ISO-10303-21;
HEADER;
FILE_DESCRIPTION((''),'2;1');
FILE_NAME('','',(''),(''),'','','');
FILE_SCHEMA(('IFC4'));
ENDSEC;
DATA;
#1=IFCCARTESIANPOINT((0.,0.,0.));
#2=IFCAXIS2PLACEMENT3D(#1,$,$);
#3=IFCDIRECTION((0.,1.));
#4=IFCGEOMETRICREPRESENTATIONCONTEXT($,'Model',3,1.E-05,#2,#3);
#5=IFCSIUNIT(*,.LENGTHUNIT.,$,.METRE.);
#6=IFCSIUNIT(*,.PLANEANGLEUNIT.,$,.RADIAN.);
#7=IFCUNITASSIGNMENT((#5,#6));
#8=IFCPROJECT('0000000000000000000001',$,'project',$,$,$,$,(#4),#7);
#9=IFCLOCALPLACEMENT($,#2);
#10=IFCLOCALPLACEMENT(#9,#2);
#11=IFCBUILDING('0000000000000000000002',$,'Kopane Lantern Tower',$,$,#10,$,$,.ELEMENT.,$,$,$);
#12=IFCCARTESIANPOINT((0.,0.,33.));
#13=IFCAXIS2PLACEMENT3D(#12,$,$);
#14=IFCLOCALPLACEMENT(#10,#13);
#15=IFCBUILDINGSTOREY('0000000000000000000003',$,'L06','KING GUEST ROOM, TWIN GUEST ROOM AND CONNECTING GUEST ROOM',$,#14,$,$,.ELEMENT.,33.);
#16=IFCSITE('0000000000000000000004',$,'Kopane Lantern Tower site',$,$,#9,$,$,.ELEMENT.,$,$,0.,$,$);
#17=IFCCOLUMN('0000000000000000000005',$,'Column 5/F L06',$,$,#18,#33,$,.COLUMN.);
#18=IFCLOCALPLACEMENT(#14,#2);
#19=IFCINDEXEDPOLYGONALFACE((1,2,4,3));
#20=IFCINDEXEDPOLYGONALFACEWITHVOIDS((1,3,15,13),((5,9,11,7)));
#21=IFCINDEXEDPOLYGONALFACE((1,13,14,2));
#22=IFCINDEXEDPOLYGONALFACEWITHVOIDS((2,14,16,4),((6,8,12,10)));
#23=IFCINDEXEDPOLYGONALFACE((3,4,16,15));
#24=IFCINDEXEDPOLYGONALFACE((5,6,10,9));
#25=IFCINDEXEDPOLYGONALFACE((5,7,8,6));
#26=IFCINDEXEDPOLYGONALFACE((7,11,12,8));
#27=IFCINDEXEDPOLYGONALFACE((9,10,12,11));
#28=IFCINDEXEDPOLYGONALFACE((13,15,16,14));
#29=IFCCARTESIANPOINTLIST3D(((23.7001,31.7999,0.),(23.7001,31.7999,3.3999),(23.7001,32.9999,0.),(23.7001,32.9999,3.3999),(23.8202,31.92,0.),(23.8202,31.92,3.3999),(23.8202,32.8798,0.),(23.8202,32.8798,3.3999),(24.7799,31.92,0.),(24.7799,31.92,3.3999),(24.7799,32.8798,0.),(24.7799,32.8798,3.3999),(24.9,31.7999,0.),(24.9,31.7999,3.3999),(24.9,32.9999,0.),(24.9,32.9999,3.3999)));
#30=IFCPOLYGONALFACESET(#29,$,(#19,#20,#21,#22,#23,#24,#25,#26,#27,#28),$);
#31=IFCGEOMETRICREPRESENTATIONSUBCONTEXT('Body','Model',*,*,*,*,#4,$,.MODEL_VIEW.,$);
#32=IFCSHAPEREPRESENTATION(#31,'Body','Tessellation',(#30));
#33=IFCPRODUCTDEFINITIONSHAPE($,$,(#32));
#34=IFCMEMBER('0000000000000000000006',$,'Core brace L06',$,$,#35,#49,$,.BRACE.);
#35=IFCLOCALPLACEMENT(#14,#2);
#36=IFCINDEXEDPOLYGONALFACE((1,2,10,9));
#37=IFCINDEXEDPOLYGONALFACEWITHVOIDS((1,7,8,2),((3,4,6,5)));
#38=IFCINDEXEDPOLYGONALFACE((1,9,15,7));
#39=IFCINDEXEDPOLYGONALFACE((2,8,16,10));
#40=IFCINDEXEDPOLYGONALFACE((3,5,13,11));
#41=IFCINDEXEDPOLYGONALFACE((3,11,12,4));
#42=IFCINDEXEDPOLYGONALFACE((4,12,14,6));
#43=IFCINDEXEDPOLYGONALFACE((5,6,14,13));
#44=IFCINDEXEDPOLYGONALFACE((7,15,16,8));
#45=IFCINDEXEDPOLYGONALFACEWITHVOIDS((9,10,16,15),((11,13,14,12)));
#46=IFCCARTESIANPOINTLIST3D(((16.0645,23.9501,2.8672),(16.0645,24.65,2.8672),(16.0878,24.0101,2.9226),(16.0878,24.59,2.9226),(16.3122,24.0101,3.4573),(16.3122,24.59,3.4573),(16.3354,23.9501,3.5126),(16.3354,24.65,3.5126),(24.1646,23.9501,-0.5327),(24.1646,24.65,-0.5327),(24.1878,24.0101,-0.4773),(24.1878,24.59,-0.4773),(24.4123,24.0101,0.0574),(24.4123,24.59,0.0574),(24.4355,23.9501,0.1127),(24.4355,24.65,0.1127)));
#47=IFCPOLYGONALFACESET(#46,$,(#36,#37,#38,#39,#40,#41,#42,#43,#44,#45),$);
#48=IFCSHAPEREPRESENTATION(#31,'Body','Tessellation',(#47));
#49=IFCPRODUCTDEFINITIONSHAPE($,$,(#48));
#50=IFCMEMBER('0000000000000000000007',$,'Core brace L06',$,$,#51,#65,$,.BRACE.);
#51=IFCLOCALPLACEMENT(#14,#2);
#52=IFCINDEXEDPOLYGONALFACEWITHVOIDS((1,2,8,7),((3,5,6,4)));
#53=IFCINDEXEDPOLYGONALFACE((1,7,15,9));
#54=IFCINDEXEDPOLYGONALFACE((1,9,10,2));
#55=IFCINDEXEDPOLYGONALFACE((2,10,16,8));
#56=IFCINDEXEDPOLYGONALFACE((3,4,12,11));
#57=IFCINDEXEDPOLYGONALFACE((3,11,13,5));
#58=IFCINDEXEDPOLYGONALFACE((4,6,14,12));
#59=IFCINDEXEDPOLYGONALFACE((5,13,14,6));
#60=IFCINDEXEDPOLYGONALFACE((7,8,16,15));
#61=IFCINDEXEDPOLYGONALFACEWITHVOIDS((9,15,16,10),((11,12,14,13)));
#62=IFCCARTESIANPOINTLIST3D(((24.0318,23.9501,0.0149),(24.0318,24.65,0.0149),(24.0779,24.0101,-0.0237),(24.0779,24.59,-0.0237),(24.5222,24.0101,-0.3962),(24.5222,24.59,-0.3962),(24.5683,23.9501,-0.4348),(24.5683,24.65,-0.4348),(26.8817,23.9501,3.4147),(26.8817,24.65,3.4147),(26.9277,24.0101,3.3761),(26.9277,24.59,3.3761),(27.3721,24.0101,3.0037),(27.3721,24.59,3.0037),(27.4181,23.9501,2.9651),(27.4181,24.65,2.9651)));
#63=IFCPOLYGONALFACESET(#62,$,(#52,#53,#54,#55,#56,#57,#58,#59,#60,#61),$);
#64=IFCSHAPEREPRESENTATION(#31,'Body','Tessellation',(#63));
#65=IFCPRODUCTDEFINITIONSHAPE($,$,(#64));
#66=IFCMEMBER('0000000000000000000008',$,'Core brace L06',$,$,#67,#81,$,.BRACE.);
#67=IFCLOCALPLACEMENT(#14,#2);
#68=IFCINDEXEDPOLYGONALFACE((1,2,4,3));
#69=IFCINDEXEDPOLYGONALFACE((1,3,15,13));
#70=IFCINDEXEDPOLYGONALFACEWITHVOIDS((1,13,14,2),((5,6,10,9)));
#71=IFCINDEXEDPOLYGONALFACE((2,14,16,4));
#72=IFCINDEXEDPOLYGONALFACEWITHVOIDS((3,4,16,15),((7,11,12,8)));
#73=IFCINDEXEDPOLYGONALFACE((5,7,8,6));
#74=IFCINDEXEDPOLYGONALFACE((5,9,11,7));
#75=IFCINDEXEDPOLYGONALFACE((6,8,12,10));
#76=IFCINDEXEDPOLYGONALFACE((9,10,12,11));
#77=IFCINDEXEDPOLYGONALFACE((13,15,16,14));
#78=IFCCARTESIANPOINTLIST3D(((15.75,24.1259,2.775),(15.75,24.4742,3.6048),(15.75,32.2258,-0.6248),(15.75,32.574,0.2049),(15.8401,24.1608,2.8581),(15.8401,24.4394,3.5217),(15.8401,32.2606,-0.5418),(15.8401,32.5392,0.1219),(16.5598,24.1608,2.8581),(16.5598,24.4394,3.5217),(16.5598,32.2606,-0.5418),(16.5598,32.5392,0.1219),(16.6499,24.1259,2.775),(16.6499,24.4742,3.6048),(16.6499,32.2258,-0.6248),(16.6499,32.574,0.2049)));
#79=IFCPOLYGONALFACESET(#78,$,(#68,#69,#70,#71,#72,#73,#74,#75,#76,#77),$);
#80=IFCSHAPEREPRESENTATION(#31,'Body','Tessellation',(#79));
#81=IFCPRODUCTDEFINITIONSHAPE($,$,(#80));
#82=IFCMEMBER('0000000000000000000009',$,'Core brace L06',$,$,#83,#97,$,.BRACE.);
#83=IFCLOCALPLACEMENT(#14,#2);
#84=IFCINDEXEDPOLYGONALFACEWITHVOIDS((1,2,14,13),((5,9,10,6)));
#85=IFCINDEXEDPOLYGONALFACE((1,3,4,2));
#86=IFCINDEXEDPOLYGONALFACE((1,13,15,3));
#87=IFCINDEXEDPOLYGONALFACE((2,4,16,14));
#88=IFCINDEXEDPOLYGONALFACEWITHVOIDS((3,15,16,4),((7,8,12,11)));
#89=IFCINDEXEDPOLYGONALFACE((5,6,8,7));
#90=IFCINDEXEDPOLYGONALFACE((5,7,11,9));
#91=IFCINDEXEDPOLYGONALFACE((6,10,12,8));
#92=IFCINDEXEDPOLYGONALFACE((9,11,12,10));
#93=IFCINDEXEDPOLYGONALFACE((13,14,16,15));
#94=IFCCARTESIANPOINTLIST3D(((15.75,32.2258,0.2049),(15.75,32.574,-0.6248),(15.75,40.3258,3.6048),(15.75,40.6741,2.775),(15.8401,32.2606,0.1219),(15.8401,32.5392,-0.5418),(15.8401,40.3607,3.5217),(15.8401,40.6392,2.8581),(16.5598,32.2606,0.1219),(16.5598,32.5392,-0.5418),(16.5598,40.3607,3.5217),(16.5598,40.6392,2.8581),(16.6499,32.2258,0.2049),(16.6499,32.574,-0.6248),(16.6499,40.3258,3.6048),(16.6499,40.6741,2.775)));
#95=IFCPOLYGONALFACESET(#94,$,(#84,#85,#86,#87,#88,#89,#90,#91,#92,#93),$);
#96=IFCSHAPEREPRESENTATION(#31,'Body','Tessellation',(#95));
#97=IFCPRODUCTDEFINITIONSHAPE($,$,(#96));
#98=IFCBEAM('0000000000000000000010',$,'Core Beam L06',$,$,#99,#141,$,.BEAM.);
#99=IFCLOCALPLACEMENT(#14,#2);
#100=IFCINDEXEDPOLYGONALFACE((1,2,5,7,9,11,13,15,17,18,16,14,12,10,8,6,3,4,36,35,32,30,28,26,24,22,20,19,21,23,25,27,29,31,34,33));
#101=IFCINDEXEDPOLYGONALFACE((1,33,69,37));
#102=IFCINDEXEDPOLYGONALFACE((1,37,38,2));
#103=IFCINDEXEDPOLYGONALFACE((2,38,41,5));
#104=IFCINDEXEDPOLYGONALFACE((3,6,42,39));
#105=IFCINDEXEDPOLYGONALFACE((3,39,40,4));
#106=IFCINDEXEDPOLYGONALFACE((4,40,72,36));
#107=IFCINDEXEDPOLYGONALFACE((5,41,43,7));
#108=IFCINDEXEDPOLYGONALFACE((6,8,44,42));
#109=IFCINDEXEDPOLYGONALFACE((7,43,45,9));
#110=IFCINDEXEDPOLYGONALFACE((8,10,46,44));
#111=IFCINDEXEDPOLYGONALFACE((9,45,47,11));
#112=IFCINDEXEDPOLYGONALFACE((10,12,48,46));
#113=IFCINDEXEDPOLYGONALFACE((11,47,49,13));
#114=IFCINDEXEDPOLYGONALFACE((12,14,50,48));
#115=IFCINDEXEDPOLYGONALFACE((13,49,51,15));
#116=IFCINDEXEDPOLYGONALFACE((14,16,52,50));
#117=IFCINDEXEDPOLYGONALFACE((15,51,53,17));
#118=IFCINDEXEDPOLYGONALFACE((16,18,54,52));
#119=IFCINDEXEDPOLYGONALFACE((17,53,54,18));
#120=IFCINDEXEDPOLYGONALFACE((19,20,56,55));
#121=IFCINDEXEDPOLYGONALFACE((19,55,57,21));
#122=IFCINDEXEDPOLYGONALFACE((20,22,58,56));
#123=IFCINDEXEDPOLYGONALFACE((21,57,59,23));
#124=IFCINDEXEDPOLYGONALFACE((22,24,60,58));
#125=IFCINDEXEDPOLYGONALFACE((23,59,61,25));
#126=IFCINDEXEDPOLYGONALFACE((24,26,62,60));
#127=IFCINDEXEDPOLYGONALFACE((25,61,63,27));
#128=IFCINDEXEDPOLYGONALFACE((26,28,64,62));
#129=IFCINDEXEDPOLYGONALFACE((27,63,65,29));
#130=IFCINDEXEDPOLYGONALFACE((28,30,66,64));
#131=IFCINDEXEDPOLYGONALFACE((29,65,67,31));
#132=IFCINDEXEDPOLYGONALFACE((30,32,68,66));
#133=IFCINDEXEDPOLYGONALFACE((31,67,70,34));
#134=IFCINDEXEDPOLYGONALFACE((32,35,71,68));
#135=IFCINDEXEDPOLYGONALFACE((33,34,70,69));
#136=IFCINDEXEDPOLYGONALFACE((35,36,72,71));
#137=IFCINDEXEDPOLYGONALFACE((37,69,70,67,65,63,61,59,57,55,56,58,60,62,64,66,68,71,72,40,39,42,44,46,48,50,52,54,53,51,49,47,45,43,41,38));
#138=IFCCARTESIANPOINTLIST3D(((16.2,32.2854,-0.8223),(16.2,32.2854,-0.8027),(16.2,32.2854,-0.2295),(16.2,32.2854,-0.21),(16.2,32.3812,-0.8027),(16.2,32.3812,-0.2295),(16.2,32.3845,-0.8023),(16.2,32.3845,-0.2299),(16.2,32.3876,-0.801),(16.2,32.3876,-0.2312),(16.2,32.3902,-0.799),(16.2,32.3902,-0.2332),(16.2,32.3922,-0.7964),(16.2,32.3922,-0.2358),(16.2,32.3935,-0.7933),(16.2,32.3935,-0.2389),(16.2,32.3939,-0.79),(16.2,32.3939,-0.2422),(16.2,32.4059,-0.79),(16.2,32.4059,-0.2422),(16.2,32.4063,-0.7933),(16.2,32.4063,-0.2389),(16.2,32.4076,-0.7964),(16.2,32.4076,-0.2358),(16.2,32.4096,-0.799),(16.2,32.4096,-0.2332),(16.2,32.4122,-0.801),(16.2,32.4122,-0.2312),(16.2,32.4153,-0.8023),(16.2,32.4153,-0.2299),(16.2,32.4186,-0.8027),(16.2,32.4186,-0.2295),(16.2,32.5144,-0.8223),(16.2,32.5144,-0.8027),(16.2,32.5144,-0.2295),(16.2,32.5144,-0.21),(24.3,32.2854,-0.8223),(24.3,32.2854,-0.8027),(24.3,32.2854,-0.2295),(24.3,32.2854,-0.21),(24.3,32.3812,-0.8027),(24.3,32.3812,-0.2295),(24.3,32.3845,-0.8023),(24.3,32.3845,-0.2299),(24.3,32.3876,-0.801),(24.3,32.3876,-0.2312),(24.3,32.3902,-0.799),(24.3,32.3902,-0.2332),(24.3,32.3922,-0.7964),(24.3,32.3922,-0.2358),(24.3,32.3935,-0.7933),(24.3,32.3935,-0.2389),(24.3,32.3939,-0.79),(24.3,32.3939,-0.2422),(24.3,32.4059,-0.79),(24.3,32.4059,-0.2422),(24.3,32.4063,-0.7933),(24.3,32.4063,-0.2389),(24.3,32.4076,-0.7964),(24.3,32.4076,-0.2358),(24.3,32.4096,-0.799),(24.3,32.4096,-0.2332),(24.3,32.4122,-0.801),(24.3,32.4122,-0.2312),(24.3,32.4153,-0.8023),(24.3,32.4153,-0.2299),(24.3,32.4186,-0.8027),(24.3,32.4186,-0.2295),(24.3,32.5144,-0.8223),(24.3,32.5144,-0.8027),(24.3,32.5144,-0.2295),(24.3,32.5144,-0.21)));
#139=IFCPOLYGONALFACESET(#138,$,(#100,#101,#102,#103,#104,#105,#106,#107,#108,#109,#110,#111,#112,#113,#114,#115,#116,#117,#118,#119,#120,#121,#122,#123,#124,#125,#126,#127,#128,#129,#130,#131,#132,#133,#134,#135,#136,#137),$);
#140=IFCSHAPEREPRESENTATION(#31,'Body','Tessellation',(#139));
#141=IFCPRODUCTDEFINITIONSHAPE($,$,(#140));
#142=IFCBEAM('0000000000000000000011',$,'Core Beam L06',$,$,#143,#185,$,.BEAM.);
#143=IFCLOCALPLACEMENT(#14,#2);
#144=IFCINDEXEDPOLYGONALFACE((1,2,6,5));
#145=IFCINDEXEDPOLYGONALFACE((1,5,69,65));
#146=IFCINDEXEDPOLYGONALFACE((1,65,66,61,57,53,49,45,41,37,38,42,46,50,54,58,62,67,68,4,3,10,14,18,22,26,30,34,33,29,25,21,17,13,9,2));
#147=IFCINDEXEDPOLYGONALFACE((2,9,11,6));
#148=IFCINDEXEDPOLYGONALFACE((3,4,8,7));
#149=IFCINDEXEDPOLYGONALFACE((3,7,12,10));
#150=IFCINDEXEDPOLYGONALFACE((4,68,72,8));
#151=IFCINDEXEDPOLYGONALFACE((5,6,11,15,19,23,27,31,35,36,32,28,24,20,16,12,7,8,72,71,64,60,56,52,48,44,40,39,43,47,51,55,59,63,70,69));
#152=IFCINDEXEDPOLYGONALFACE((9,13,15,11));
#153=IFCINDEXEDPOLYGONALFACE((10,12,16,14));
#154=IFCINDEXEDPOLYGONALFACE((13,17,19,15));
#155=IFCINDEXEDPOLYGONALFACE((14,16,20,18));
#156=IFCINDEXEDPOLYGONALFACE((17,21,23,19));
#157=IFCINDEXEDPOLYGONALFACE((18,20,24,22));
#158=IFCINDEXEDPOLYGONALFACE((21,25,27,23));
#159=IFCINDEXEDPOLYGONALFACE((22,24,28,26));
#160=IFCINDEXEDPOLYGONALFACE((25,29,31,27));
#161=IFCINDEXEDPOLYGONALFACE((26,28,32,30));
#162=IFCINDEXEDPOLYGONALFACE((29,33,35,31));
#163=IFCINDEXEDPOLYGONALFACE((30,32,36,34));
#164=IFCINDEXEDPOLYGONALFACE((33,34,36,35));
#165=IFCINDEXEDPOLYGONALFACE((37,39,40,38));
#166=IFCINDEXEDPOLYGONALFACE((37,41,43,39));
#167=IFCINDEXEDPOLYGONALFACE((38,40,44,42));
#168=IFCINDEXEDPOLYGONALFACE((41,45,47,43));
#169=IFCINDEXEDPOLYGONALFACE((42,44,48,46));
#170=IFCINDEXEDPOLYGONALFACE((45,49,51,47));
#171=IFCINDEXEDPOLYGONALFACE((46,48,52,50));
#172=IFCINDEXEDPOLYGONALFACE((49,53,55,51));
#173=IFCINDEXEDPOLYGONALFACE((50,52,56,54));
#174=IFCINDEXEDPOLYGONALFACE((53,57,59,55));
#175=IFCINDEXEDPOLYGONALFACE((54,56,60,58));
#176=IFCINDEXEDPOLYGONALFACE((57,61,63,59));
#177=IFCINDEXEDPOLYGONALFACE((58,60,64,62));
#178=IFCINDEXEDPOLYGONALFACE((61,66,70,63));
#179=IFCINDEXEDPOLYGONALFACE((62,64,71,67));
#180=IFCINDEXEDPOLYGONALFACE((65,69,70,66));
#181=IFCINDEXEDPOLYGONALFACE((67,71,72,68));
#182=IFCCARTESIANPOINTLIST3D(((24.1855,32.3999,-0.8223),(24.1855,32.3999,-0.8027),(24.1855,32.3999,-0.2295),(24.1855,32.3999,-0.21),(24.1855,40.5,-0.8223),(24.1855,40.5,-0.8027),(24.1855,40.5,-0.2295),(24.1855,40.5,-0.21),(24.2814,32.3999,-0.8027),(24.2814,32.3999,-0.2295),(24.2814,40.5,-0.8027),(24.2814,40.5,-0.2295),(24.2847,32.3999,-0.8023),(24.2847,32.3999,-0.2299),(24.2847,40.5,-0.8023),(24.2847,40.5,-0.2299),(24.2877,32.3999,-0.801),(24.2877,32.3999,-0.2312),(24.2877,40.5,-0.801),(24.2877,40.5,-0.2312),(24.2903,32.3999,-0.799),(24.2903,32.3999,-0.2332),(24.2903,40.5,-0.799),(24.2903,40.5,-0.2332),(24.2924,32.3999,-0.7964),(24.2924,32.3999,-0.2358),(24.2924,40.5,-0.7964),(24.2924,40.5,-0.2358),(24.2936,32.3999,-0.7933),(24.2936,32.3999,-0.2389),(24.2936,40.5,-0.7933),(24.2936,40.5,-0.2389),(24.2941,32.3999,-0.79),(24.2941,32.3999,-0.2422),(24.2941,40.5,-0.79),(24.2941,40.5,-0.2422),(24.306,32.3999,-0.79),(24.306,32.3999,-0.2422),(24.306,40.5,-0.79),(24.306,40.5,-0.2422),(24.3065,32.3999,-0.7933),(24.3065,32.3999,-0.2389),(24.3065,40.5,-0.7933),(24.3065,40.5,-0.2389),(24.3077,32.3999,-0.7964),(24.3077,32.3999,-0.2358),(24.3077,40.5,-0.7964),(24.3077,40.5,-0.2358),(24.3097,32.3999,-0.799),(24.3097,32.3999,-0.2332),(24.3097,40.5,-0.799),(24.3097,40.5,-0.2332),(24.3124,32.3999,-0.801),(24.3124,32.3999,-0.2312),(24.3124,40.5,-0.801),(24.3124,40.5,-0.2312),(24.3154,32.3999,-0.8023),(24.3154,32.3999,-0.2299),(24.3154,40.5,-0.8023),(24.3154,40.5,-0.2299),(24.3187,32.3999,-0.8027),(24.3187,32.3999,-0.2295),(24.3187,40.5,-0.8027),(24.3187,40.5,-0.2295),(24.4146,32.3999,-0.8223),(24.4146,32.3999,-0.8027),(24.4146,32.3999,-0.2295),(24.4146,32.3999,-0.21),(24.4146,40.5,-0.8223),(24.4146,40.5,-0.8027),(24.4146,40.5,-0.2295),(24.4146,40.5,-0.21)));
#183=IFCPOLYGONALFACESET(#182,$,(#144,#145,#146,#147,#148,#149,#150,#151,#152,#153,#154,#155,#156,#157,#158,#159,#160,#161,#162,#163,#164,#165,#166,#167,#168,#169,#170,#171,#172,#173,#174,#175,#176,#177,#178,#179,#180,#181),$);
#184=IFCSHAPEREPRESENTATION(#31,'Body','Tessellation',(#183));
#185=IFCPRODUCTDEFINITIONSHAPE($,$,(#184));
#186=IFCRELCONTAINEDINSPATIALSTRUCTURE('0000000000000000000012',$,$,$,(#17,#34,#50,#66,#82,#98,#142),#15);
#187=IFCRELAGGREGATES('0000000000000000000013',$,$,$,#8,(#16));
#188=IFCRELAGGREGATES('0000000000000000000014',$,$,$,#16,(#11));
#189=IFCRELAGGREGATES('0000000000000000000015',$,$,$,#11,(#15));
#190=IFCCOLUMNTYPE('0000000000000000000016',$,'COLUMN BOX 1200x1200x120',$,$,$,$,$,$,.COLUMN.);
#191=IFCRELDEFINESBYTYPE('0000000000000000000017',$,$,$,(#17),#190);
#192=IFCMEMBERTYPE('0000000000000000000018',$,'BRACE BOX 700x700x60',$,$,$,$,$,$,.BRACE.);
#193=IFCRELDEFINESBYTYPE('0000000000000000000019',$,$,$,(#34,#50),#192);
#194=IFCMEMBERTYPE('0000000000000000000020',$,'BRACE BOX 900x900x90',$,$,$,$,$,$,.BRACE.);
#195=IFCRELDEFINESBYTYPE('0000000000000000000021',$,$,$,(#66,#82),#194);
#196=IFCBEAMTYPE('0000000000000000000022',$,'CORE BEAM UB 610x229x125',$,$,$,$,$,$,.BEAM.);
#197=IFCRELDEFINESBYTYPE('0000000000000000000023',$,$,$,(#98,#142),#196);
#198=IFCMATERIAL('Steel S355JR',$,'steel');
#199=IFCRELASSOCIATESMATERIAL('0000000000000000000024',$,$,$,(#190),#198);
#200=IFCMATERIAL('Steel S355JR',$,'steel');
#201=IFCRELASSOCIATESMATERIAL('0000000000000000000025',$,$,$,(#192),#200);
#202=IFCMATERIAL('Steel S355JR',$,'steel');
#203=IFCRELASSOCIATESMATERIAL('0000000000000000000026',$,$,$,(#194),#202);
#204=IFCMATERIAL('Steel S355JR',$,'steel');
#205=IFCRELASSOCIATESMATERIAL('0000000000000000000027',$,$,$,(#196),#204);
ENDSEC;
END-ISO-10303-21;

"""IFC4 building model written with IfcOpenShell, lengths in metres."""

from ifc_helpers import new_model, si_unit, direction, frame, origin, origin_2d, place, context, subcontext, project, spatial, hollow_rectangle, i_section, extrude, material, material_profile, profile_set, type_object, element, save


model = new_model("IFC4")

# Units and contexts
model_context = context("Model", 3, precision=1e-05, world=origin(), true_north=direction((0.0, 1.0)))
body_context = subcontext(model_context, "Body", "Model", "MODEL_VIEW")
ifc_project = project(units=[si_unit("LENGTHUNIT", "METRE"), si_unit("PLANEANGLEUNIT", "RADIAN")], contexts=[model_context])

# Site, building, storey
site_placement = place(None, origin())
site = spatial("IfcSite", under=ifc_project, at=site_placement, Name="Kopane Lantern Tower site", CompositionType="ELEMENT", RefElevation=0.0)
building_placement = place(site_placement, origin())
building = spatial("IfcBuilding", under=site, at=building_placement, Name="Kopane Lantern Tower", CompositionType="ELEMENT")
storey_placement = place(building_placement, frame((0.0, 0.0, 33.0)))
storey = spatial("IfcBuildingStorey", under=building, at=storey_placement, Name="L06", Description="KING GUEST ROOM, TWIN GUEST ROOM AND CONNECTING GUEST ROOM", CompositionType="ELEMENT", Elevation=33.0)

# Column
ifc_material_1 = material(Name="Steel S355JR", Category="steel")
ifc_material_profile_1 = material_profile(ifc_material_1, hollow_rectangle(XDim=1.2, YDim=1.2, WallThickness=0.1201, at=origin_2d()), Name="BOX 1200x1200x120")
ifc_profile_set_1 = profile_set([ifc_material_profile_1], Name="Steel S355JR")
column_type = type_object("IfcColumnType", Name="COLUMN BOX 1200x1200x120", PredefinedType="COLUMN", material=ifc_profile_set_1)
column_placement = place(storey_placement, frame((24.3, 32.3999, 0.0), z_axis=(0.0, 0.0, 1.0), x_axis=(1.0, 0.0, 0.0)))
element("IfcColumn", 1, at=column_placement, inside=storey, type_object=column_type, Name="Column 5/F L06", PredefinedType="COLUMN", context=body_context, shape_type="SweptSolid", body=[
    extrude(hollow_rectangle(XDim=1.2, YDim=1.2, WallThickness=0.1201, at=origin_2d()), origin(), (0.0, 0.0, 1.0), 3.3999),
])

# Members
ifc_material_2 = material(Name="Steel S355JR", Category="steel")
ifc_material_profile_2 = material_profile(ifc_material_2, hollow_rectangle(XDim=0.7, YDim=0.7, WallThickness=0.0601, at=origin_2d()), Name="BOX 700x700x60")
ifc_profile_set_2 = profile_set([ifc_material_profile_2], Name="Steel S355JR")
member_type_1 = type_object("IfcMemberType", Name="BRACE BOX 700x700x60", PredefinedType="BRACE", material=ifc_profile_set_2)
member_1_placement = place(storey_placement, frame((24.3, 24.3, -0.21), z_axis=(-0.922069, 0.0, 0.387026), x_axis=(0.0, -1.0, 0.0)))
element("IfcMember", 2, at=member_1_placement, inside=storey, type_object=member_type_1, Name="Core brace L06", PredefinedType="BRACE", context=body_context, shape_type="SweptSolid", body=[
    extrude(hollow_rectangle(XDim=0.7, YDim=0.7, WallThickness=0.0601, at=origin_2d()), origin(), (0.0, 0.0, 1.0), 8.7847),
])
member_2_placement = place(storey_placement, frame((24.3, 24.3, -0.21), z_axis=(0.64239, 0.0, 0.766378), x_axis=(0.0, 1.0, 0.0)))
element("IfcMember", 3, at=member_2_placement, inside=storey, type_object=member_type_1, Name="Core brace L06", PredefinedType="BRACE", context=body_context, shape_type="SweptSolid", body=[
    extrude(hollow_rectangle(XDim=0.7, YDim=0.7, WallThickness=0.0601, at=origin_2d()), origin(), (0.0, 0.0, 1.0), 4.4363),
])
ifc_material_3 = material(Name="Steel S355JR", Category="steel")
ifc_material_profile_3 = material_profile(ifc_material_3, hollow_rectangle(XDim=0.8999, YDim=0.8999, WallThickness=0.0901, at=origin_2d()), Name="BOX 900x900x90")
ifc_profile_set_3 = profile_set([ifc_material_profile_3], Name="Steel S355JR")
member_type_2 = type_object("IfcMemberType", Name="BRACE BOX 900x900x90", PredefinedType="BRACE", material=ifc_profile_set_3)
member_3_placement = place(storey_placement, frame((16.2, 32.3999, -0.21), z_axis=(0.0, -0.922065, 0.387035), x_axis=(1.0, 0.0, 0.0)))
element("IfcMember", 4, at=member_3_placement, inside=storey, type_object=member_type_2, Name="Core brace L06", PredefinedType="BRACE", context=body_context, shape_type="SweptSolid", body=[
    extrude(hollow_rectangle(XDim=0.8999, YDim=0.8999, WallThickness=0.0901, at=origin_2d()), origin(), (0.0, 0.0, 1.0), 8.7844),
])
member_4_placement = place(storey_placement, frame((16.2, 32.3999, -0.21), z_axis=(0.0, 0.922069, 0.387026), x_axis=(-1.0, 0.0, 0.0)))
element("IfcMember", 5, at=member_4_placement, inside=storey, type_object=member_type_2, Name="Core brace L06", PredefinedType="BRACE", context=body_context, shape_type="SweptSolid", body=[
    extrude(hollow_rectangle(XDim=0.8999, YDim=0.8999, WallThickness=0.0901, at=origin_2d()), origin(), (0.0, 0.0, 1.0), 8.7847),
])

# Beams
ifc_material_4 = material(Name="Steel S355JR", Category="steel")
ifc_material_profile_4 = material_profile(ifc_material_4, i_section(OverallWidth=0.229, OverallDepth=0.6123, WebThickness=0.012, FlangeThickness=0.0195, FilletRadius=0.0127, at=origin_2d()), Name="UB 610x229x125")
ifc_profile_set_4 = profile_set([ifc_material_profile_4], Name="Steel S355JR")
beam_type_1 = type_object("IfcBeamType", Name="CORE BEAM UB 610x229x125", PredefinedType="BEAM", material=ifc_profile_set_4)
for number, where, z_axis, x_axis, name in (
    (6, (16.2, 32.3999, -0.5161), (1.0, 0.0, 0.0), (0.0, 1.0, 0.0), "Core Beam L06"),
    (7, (24.3, 32.3999, -0.5161), (0.0, 1.0, 0.0), (-1.0, 0.0, 0.0), "Core Beam L06"),
):
    element("IfcBeam", number, at=place(storey_placement, frame(where, z_axis=z_axis, x_axis=x_axis)), inside=storey, type_object=beam_type_1, Name=name, PredefinedType="BEAM", context=body_context, shape_type="SweptSolid", body=[
        extrude(i_section(OverallWidth=0.229, OverallDepth=0.6123, WebThickness=0.012, FlangeThickness=0.0195, FilletRadius=0.0127, at=origin_2d()), origin(), (0.0, 0.0, 1.0), 8.1001),
    ])

save(model, "model.ifc")
